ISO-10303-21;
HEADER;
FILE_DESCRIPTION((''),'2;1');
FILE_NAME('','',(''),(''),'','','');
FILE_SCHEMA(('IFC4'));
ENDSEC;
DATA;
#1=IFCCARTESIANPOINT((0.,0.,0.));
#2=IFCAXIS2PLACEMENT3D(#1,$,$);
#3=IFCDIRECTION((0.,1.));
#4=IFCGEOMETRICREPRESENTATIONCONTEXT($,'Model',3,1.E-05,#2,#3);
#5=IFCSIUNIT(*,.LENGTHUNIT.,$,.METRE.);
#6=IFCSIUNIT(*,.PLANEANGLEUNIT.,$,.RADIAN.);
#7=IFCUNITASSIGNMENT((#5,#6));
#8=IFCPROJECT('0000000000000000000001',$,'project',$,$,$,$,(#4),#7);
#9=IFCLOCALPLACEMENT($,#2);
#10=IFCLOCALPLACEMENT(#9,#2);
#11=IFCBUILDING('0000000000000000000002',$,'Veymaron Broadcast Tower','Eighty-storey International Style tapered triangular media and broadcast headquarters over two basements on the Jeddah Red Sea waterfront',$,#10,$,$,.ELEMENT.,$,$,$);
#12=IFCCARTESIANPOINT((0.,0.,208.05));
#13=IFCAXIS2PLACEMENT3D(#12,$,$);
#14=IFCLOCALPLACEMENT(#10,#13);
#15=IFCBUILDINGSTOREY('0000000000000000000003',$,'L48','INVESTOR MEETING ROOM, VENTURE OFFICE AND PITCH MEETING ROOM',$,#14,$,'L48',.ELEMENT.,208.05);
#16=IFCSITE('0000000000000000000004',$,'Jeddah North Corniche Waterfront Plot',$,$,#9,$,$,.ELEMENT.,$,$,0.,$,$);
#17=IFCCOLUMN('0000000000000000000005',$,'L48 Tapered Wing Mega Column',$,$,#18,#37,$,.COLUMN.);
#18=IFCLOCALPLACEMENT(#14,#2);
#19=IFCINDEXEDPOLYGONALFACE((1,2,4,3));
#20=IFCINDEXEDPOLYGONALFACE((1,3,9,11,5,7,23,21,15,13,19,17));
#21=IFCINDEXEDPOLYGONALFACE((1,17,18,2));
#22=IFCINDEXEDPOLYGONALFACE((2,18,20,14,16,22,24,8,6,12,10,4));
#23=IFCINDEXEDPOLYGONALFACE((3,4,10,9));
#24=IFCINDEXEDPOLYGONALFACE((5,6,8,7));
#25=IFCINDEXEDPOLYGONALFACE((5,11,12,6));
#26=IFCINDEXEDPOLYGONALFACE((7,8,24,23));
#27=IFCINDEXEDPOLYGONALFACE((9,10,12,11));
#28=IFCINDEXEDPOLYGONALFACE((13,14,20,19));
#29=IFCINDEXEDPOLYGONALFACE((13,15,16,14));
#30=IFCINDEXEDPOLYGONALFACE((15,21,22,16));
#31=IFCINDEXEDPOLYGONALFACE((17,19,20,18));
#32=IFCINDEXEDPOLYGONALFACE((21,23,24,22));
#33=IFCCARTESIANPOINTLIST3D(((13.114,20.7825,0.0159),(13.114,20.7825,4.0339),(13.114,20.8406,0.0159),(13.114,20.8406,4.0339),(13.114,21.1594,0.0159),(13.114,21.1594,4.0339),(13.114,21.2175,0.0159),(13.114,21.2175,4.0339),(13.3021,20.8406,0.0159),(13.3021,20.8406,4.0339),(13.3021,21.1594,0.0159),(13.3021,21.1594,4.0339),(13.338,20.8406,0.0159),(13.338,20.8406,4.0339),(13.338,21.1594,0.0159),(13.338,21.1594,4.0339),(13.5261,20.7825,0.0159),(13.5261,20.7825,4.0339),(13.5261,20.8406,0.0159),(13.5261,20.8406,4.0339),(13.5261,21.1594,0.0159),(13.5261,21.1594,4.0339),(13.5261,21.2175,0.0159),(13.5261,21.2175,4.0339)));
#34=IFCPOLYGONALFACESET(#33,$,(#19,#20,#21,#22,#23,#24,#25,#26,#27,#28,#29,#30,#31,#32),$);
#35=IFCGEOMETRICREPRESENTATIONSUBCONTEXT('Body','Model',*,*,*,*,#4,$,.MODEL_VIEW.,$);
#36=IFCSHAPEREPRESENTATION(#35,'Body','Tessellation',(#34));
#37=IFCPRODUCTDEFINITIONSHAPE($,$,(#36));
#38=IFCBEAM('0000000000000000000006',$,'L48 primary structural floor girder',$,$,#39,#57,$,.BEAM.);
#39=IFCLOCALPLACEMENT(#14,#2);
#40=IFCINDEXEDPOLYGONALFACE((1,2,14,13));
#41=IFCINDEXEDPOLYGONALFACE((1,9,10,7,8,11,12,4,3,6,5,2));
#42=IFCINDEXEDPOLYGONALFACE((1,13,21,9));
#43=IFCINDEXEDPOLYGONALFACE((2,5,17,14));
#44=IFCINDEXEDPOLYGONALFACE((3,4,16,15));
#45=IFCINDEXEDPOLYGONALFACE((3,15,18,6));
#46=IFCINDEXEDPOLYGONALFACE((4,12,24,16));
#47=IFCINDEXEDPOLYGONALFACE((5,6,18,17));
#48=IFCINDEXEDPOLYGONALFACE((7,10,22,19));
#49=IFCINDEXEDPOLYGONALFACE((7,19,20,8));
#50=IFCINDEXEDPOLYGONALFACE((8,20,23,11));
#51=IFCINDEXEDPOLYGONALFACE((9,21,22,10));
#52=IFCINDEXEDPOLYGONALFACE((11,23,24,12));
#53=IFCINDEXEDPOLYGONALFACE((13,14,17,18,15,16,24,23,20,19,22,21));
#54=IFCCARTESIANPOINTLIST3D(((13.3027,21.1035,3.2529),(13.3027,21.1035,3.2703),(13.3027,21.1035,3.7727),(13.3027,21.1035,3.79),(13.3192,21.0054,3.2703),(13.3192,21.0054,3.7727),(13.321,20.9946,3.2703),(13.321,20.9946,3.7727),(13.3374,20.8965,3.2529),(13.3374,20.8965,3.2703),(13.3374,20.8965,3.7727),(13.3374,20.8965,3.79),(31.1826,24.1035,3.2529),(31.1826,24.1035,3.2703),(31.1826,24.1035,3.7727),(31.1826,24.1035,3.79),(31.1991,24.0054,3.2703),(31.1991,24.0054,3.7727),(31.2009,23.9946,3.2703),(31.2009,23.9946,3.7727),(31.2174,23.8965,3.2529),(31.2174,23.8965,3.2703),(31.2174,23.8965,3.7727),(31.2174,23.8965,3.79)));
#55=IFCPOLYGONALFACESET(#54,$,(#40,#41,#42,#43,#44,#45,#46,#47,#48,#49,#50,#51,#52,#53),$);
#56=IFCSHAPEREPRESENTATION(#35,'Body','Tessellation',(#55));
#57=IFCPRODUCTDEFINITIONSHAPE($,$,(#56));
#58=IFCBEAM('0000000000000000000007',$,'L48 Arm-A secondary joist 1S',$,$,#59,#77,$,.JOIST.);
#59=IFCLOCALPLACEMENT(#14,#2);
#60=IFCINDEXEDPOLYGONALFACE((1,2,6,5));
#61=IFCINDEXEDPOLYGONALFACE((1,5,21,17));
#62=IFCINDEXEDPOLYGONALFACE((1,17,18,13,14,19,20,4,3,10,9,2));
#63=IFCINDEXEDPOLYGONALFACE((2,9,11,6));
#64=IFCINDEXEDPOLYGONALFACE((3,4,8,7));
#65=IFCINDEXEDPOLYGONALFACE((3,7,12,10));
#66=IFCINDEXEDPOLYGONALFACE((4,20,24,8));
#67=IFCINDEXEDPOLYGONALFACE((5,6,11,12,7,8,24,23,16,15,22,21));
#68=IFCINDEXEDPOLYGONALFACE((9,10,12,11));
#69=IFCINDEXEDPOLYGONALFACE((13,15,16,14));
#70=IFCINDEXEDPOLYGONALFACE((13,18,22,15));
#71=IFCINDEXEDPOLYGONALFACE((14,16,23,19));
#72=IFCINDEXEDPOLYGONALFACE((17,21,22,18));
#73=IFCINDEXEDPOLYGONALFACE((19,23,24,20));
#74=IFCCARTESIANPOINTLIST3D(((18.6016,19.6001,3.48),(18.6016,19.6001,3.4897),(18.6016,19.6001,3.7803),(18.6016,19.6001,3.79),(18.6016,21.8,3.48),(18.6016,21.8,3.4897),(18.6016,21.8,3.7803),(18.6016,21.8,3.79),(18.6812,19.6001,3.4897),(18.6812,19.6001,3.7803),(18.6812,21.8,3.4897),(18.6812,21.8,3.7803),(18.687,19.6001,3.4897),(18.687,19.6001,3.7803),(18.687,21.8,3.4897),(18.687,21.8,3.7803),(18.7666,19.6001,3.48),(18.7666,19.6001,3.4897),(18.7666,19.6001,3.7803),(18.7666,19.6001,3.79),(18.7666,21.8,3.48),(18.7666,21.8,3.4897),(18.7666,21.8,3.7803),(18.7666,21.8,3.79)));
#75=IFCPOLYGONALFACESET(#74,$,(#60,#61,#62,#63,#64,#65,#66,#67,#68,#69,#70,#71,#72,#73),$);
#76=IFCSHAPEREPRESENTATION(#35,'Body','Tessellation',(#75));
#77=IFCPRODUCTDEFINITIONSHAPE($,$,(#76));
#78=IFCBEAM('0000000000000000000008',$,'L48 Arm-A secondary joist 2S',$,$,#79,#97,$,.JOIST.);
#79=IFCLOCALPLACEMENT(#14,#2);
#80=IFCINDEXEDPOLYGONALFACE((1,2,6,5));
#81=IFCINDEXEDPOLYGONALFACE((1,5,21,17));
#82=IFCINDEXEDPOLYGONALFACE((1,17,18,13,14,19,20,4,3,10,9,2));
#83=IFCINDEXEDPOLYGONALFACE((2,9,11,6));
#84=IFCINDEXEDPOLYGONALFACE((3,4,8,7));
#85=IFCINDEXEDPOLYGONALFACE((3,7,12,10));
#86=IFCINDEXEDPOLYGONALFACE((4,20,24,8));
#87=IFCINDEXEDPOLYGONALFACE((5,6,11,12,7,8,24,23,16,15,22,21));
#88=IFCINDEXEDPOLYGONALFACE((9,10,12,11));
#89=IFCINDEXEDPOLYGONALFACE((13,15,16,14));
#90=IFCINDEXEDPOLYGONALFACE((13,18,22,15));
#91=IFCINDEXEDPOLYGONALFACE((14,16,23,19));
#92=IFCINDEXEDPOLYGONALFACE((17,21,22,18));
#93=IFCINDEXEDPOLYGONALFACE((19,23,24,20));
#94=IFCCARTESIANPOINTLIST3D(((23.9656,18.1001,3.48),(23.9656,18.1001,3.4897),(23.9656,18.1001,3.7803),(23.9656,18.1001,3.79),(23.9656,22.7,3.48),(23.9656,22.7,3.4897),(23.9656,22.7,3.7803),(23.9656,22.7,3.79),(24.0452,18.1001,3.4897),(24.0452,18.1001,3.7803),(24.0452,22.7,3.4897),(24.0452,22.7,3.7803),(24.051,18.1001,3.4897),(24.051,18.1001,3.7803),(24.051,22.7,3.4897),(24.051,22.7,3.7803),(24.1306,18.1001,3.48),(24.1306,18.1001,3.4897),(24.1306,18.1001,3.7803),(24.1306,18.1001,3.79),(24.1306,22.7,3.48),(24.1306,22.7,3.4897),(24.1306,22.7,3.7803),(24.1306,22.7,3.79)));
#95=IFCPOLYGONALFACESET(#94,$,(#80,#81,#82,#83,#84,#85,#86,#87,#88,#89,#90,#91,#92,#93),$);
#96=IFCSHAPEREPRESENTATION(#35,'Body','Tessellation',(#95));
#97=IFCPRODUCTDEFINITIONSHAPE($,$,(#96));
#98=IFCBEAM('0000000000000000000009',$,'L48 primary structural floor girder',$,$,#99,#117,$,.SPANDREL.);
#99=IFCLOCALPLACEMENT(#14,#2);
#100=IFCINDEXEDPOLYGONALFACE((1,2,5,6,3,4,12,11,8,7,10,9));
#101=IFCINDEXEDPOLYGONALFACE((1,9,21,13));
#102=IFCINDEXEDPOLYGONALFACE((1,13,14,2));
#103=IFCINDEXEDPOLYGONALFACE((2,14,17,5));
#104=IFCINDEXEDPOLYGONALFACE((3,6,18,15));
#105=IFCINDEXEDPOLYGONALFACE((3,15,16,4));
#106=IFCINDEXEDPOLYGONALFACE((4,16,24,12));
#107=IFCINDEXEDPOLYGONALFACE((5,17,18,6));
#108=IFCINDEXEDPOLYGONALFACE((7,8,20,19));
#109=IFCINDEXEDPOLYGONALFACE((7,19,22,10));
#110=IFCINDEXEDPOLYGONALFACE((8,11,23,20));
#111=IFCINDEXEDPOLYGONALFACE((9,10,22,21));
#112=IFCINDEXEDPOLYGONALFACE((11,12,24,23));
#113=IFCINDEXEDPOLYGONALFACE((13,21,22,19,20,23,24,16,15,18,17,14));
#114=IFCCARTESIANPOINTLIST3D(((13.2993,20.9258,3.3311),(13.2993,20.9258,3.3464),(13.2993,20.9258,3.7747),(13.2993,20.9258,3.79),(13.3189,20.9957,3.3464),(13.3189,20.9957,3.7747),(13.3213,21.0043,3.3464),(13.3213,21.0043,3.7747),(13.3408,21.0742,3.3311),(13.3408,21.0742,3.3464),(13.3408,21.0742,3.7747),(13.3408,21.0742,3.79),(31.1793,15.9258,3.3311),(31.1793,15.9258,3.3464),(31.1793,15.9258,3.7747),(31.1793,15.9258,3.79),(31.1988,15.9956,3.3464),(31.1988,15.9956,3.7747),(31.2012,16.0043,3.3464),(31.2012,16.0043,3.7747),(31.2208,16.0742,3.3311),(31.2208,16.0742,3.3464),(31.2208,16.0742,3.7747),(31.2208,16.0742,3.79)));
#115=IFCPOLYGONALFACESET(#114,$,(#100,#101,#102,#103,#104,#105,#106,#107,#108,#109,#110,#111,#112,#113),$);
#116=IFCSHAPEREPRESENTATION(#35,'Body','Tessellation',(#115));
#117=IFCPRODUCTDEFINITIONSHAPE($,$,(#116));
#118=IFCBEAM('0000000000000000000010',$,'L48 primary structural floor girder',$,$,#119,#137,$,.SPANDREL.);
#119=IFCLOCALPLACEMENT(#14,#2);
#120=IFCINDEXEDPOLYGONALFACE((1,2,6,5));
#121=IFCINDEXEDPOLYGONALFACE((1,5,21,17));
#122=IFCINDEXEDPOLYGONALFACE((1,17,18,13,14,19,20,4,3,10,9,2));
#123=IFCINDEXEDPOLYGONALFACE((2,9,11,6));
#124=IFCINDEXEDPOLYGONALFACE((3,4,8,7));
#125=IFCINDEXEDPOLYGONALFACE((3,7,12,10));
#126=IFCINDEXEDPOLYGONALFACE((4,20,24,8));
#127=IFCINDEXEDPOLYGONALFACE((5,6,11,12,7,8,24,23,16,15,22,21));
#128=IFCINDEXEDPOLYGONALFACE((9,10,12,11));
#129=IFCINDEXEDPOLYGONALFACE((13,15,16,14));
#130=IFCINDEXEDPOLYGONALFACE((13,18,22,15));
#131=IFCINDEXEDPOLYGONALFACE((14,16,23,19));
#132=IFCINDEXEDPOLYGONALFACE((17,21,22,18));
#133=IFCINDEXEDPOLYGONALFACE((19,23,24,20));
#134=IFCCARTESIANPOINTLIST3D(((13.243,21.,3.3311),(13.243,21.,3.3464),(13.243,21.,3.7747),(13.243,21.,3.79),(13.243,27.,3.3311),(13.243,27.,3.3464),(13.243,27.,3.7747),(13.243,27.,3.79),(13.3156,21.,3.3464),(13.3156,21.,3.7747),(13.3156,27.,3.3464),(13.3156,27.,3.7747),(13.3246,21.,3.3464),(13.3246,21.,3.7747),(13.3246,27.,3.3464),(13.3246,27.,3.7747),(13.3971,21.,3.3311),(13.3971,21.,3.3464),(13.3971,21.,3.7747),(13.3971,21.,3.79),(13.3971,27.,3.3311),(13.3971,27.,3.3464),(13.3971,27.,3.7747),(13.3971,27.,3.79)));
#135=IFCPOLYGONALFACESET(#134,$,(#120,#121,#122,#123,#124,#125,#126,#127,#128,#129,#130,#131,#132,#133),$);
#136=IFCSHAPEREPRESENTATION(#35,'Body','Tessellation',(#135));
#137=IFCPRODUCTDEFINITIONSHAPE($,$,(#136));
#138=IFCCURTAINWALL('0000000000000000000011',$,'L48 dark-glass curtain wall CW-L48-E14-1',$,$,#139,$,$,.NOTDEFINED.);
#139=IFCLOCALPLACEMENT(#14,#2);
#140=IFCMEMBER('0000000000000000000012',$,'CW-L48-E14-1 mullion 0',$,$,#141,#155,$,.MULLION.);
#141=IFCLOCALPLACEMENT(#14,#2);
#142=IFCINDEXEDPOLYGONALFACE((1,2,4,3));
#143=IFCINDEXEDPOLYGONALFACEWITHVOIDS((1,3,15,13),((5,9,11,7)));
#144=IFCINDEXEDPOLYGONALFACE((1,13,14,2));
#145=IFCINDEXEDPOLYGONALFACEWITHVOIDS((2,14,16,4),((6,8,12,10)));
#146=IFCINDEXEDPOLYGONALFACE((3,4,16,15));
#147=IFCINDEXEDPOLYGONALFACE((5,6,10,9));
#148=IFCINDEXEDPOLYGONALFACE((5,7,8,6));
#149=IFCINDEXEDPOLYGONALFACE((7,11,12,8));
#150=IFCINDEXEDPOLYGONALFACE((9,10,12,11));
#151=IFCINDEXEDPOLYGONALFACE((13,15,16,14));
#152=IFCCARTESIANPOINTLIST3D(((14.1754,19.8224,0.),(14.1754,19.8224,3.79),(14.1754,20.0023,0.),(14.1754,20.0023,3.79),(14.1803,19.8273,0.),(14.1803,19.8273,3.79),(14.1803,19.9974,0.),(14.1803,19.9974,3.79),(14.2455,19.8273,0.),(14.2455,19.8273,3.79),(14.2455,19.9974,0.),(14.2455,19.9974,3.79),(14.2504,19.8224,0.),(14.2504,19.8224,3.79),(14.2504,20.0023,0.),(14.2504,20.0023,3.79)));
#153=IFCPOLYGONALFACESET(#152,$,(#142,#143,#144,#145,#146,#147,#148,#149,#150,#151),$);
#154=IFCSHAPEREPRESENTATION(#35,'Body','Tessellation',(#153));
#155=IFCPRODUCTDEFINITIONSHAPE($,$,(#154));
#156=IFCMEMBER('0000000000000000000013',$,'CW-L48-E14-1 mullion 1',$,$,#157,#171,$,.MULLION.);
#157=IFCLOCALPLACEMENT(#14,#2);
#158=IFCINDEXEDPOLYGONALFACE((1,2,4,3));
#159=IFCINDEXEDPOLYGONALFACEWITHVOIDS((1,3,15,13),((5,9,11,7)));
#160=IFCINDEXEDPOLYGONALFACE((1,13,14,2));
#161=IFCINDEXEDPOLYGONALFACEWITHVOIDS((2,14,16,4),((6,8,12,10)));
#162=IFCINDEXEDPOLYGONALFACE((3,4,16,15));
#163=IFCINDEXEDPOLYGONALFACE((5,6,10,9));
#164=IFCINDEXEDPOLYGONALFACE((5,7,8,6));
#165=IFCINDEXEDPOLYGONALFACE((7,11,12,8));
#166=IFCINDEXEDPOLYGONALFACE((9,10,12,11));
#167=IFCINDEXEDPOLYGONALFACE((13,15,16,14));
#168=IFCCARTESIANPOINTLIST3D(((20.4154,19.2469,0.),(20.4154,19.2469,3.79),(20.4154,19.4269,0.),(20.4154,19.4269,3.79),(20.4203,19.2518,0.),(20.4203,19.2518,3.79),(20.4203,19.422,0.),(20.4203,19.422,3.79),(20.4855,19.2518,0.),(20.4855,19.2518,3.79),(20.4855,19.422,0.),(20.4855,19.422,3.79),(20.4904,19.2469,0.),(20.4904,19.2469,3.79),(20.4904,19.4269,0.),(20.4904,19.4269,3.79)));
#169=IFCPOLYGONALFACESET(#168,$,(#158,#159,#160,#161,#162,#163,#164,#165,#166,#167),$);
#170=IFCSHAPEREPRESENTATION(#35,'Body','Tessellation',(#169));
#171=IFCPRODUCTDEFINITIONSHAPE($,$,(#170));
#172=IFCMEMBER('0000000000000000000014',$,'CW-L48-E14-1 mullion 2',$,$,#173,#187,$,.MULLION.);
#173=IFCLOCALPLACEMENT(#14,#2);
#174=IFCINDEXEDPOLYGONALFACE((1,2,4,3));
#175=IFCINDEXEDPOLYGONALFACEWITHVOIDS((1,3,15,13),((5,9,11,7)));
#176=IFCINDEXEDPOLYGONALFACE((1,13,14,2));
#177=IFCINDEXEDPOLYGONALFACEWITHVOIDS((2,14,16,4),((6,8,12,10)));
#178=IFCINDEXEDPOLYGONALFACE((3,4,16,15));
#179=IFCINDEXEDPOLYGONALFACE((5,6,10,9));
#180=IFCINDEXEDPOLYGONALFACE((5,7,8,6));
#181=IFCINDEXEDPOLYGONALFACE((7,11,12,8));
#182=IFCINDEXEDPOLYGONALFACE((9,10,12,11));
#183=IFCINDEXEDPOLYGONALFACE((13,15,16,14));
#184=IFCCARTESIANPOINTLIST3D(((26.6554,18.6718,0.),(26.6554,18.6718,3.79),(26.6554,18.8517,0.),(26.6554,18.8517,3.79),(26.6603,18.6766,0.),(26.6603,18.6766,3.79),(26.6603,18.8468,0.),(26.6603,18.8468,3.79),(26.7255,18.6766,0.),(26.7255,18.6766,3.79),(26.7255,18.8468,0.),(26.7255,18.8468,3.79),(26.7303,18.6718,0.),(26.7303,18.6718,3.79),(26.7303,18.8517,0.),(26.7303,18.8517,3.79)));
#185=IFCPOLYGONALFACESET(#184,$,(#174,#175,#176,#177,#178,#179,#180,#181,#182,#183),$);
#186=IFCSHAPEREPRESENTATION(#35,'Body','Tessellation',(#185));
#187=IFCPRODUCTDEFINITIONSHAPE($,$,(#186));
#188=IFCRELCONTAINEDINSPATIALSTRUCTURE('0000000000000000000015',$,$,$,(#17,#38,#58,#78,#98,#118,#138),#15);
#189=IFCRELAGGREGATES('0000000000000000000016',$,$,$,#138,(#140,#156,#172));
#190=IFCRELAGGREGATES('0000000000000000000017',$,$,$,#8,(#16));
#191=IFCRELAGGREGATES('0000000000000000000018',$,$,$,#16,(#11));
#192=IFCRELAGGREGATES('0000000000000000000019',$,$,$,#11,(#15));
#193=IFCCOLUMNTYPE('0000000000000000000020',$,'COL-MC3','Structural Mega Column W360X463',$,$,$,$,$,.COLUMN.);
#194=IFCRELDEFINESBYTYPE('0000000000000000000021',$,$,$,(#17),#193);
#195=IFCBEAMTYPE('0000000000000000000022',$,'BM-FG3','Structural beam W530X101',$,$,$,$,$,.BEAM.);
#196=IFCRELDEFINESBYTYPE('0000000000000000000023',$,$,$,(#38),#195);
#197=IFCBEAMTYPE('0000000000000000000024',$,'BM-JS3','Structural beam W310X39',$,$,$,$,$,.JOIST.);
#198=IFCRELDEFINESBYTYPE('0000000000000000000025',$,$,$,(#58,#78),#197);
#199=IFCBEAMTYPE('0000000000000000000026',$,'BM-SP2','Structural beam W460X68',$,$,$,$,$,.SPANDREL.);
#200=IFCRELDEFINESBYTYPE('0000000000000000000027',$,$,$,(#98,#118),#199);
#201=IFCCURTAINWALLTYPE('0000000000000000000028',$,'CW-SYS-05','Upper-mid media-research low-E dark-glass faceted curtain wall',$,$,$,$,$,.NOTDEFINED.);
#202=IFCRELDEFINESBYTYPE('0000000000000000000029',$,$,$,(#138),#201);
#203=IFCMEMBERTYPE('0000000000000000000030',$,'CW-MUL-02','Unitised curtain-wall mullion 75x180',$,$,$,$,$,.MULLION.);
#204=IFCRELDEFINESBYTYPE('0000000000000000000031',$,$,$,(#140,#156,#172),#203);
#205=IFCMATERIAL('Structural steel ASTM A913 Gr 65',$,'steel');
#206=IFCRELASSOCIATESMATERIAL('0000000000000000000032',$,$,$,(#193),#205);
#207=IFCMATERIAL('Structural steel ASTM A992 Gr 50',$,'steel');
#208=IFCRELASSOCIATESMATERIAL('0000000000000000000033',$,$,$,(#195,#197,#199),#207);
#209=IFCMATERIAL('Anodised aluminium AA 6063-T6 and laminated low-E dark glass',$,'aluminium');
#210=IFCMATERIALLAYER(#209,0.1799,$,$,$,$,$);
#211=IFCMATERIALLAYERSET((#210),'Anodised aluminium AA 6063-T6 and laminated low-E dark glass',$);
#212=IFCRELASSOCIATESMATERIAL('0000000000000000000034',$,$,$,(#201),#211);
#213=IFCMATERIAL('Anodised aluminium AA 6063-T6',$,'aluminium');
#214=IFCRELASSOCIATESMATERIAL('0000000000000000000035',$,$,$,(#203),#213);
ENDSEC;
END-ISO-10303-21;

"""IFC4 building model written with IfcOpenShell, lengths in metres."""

from ifc_helpers import new_model, si_unit, direction, frame, origin, origin_2d, place, context, subcontext, project, spatial, hollow_rectangle, i_section, extrude, material, layer, layer_set, material_profile, profile_set, type_object, element, aggregate, save


model = new_model("IFC4")

# Units and contexts
model_context = context("Model", 3, precision=1e-05, world=origin(), true_north=direction((0.0, 1.0)))
body_context = subcontext(model_context, "Body", "Model", "MODEL_VIEW")
ifc_project = project(units=[si_unit("LENGTHUNIT", "METRE"), si_unit("PLANEANGLEUNIT", "RADIAN")], contexts=[model_context])

# Site, building, storey
site_placement = place(None, origin())
site = spatial("IfcSite", under=ifc_project, at=site_placement, Name="Jeddah North Corniche Waterfront Plot", CompositionType="ELEMENT", RefElevation=0.0)
building_placement = place(site_placement, origin())
building = spatial("IfcBuilding", under=site, at=building_placement, Name="Veymaron Broadcast Tower", Description="Eighty-storey International Style tapered triangular media and broadcast headquarters over two basements on the Jeddah Red Sea waterfront", CompositionType="ELEMENT")
storey_placement = place(building_placement, frame((0.0, 0.0, 208.05)))
storey = spatial("IfcBuildingStorey", under=building, at=storey_placement, Name="L48", Description="INVESTOR MEETING ROOM, VENTURE OFFICE AND PITCH MEETING ROOM", LongName="L48", CompositionType="ELEMENT", Elevation=208.05)

# Column
ifc_material_1 = material(Name="Structural steel ASTM A913 Gr 65", Category="steel")
ifc_material_profile_1 = material_profile(ifc_material_1, i_section(OverallWidth=0.4121, OverallDepth=0.4351, WebThickness=0.0359, FlangeThickness=0.0581, at=origin_2d()), Name="W360X463")
ifc_profile_set_1 = profile_set([ifc_material_profile_1], Name="Structural steel ASTM A913 Gr 65")
column_type = type_object("IfcColumnType", Name="COL-MC3", Description="Structural Mega Column W360X463", PredefinedType="COLUMN", material=ifc_profile_set_1)
column_placement = place(storey_placement, frame((13.3201, 21.0, 0.0159), z_axis=(0.0, 0.0, 1.0), x_axis=(1.0, 0.0, 0.0)))
element("IfcColumn", 1, at=column_placement, inside=storey, type_object=column_type, Name="L48 Tapered Wing Mega Column", PredefinedType="COLUMN", context=body_context, shape_type="SweptSolid", body=[
    extrude(i_section(OverallWidth=0.4121, OverallDepth=0.4351, WebThickness=0.0359, FlangeThickness=0.0581, at=origin_2d()), origin(), (0.0, 0.0, 1.0), 4.0181),
])

# Beams
ifc_material_2 = material(Name="Structural steel ASTM A992 Gr 50", Category="steel")
ifc_material_profile_2 = material_profile(ifc_material_2, i_section(OverallWidth=0.21, OverallDepth=0.5371, WebThickness=0.011, FlangeThickness=0.0173, at=origin_2d()), Name="W530X101")
ifc_profile_set_2 = profile_set([ifc_material_profile_2], Name="Structural steel ASTM A992 Gr 50")
beam_type_1 = type_object("IfcBeamType", Name="BM-FG3", Description="Structural beam W530X101", PredefinedType="BEAM", material=ifc_profile_set_2)
beam_1_placement = place(storey_placement, frame((13.3201, 21.0, 3.5215), z_axis=(0.986214, 0.165473, 0.0), x_axis=(-0.165473, 0.986214, 0.0)))
element("IfcBeam", 2, at=beam_1_placement, inside=storey, type_object=beam_type_1, Name="L48 primary structural floor girder", PredefinedType="BEAM", context=body_context, shape_type="SweptSolid", body=[
    extrude(i_section(OverallWidth=0.21, OverallDepth=0.5371, WebThickness=0.011, FlangeThickness=0.0173, at=origin_2d()), origin(), (0.0, 0.0, 1.0), 18.1299),
])
ifc_material_profile_3 = material_profile(ifc_material_2, i_section(OverallWidth=0.165, OverallDepth=0.3101, WebThickness=0.0059, FlangeThickness=0.0098, at=origin_2d()), Name="W310X39")
ifc_profile_set_3 = profile_set([ifc_material_profile_3], Name="Structural steel ASTM A992 Gr 50")
beam_type_2 = type_object("IfcBeamType", Name="BM-JS3", Description="Structural beam W310X39", PredefinedType="JOIST", material=ifc_profile_set_3)
beam_2_placement = place(storey_placement, frame((18.6841, 19.6001, 3.635), z_axis=(0.0, 1.0, 0.0), x_axis=(-1.0, 0.0, 0.0)))
element("IfcBeam", 3, at=beam_2_placement, inside=storey, type_object=beam_type_2, Name="L48 Arm-A secondary joist 1S", PredefinedType="JOIST", context=body_context, shape_type="SweptSolid", body=[
    extrude(i_section(OverallWidth=0.165, OverallDepth=0.3101, WebThickness=0.0059, FlangeThickness=0.0098, at=origin_2d()), origin(), (0.0, 0.0, 1.0), 2.2),
])
beam_3_placement = place(storey_placement, frame((24.0481, 18.1001, 3.635), z_axis=(0.0, 1.0, 0.0), x_axis=(-1.0, 0.0, 0.0)))
element("IfcBeam", 4, at=beam_3_placement, inside=storey, type_object=beam_type_2, Name="L48 Arm-A secondary joist 2S", PredefinedType="JOIST", context=body_context, shape_type="SweptSolid", body=[
    extrude(i_section(OverallWidth=0.165, OverallDepth=0.3101, WebThickness=0.0059, FlangeThickness=0.0098, at=origin_2d()), origin(), (0.0, 0.0, 1.0), 4.5999),
])
ifc_material_profile_4 = material_profile(ifc_material_2, i_section(OverallWidth=0.1541, OverallDepth=0.459, WebThickness=0.009, FlangeThickness=0.0154, at=origin_2d()), Name="W460X68")
ifc_profile_set_4 = profile_set([ifc_material_profile_4], Name="Structural steel ASTM A992 Gr 50")
beam_type_3 = type_object("IfcBeamType", Name="BM-SP2", Description="Structural beam W460X68", PredefinedType="SPANDREL", material=ifc_profile_set_4)
beam_4_placement = place(storey_placement, frame((13.3201, 21.0, 3.5605), z_axis=(0.963053, -0.269312, 0.0), x_axis=(0.269312, 0.963053, 0.0)))
element("IfcBeam", 5, at=beam_4_placement, inside=storey, type_object=beam_type_3, Name="L48 primary structural floor girder", PredefinedType="SPANDREL", context=body_context, shape_type="SweptSolid", body=[
    extrude(i_section(OverallWidth=0.1541, OverallDepth=0.459, WebThickness=0.009, FlangeThickness=0.0154, at=origin_2d()), origin(), (0.0, 0.0, 1.0), 18.5659),
])
beam_5_placement = place(storey_placement, frame((13.3201, 21.0, 3.5605), z_axis=(0.0, 1.0, 0.0), x_axis=(-1.0, 0.0, 0.0)))
element("IfcBeam", 6, at=beam_5_placement, inside=storey, type_object=beam_type_3, Name="L48 primary structural floor girder", PredefinedType="SPANDREL", context=body_context, shape_type="SweptSolid", body=[
    extrude(i_section(OverallWidth=0.1541, OverallDepth=0.459, WebThickness=0.009, FlangeThickness=0.0154, at=origin_2d()), origin(), (0.0, 0.0, 1.0), 6.0),
])

# Curtain wall, members
ifc_material_3 = material(Name="Anodised aluminium AA 6063-T6 and laminated low-E dark glass", Category="aluminium")
ifc_layer_1 = layer(ifc_material_3, 0.1799)
ifc_layer_set_1 = layer_set([ifc_layer_1], Name="Anodised aluminium AA 6063-T6 and laminated low-E dark glass")
curtain_wall_type = type_object("IfcCurtainWallType", Name="CW-SYS-05", Description="Upper-mid media-research low-E dark-glass faceted curtain wall", PredefinedType="NOTDEFINED", material=ifc_layer_set_1)
curtain_wall_placement = place(storey_placement, origin())
curtain_wall = element("IfcCurtainWall", 7, at=curtain_wall_placement, inside=storey, type_object=curtain_wall_type, Name="L48 dark-glass curtain wall CW-L48-E14-1", PredefinedType="NOTDEFINED")
ifc_material_4 = material(Name="Anodised aluminium AA 6063-T6", Category="aluminium")
ifc_material_profile_5 = material_profile(ifc_material_4, hollow_rectangle(XDim=0.075, YDim=0.1799, WallThickness=0.0049, at=origin_2d()), Name="AL180X75X5")
ifc_profile_set_5 = profile_set([ifc_material_profile_5], Name="Anodised aluminium AA 6063-T6")
member_type_1 = type_object("IfcMemberType", Name="CW-MUL-02", Description="Unitised curtain-wall mullion 75x180", PredefinedType="MULLION", material=ifc_profile_set_5)
member_1_placement = place(storey_placement, frame((14.2129, 19.9124, 0.0), z_axis=(0.0, 0.0, 1.0), x_axis=(1.0, 0.0, 0.0)))
member_1 = element("IfcMember", 8, at=member_1_placement, type_object=member_type_1, Name="CW-L48-E14-1 mullion 0", PredefinedType="MULLION", context=body_context, shape_type="SweptSolid", body=[
    extrude(hollow_rectangle(XDim=0.075, YDim=0.1799, WallThickness=0.0049, at=origin_2d()), origin(), (0.0, 0.0, 1.0), 3.79),
])
member_2_placement = place(storey_placement, frame((20.4529, 19.3369, 0.0), z_axis=(0.0, 0.0, 1.0), x_axis=(1.0, 0.0, 0.0)))
member_2 = element("IfcMember", 9, at=member_2_placement, type_object=member_type_1, Name="CW-L48-E14-1 mullion 1", PredefinedType="MULLION", context=body_context, shape_type="SweptSolid", body=[
    extrude(hollow_rectangle(XDim=0.075, YDim=0.1799, WallThickness=0.0049, at=origin_2d()), origin(), (0.0, 0.0, 1.0), 3.79),
])
member_3_placement = place(storey_placement, frame((26.6929, 18.7617, 0.0), z_axis=(0.0, 0.0, 1.0), x_axis=(1.0, 0.0, 0.0)))
member_3 = element("IfcMember", 10, at=member_3_placement, type_object=member_type_1, Name="CW-L48-E14-1 mullion 2", PredefinedType="MULLION", context=body_context, shape_type="SweptSolid", body=[
    extrude(hollow_rectangle(XDim=0.075, YDim=0.1799, WallThickness=0.0049, at=origin_2d()), origin(), (0.0, 0.0, 1.0), 3.79),
])
aggregate(curtain_wall, [member_1, member_2, member_3])

save(model, "model.ifc")
